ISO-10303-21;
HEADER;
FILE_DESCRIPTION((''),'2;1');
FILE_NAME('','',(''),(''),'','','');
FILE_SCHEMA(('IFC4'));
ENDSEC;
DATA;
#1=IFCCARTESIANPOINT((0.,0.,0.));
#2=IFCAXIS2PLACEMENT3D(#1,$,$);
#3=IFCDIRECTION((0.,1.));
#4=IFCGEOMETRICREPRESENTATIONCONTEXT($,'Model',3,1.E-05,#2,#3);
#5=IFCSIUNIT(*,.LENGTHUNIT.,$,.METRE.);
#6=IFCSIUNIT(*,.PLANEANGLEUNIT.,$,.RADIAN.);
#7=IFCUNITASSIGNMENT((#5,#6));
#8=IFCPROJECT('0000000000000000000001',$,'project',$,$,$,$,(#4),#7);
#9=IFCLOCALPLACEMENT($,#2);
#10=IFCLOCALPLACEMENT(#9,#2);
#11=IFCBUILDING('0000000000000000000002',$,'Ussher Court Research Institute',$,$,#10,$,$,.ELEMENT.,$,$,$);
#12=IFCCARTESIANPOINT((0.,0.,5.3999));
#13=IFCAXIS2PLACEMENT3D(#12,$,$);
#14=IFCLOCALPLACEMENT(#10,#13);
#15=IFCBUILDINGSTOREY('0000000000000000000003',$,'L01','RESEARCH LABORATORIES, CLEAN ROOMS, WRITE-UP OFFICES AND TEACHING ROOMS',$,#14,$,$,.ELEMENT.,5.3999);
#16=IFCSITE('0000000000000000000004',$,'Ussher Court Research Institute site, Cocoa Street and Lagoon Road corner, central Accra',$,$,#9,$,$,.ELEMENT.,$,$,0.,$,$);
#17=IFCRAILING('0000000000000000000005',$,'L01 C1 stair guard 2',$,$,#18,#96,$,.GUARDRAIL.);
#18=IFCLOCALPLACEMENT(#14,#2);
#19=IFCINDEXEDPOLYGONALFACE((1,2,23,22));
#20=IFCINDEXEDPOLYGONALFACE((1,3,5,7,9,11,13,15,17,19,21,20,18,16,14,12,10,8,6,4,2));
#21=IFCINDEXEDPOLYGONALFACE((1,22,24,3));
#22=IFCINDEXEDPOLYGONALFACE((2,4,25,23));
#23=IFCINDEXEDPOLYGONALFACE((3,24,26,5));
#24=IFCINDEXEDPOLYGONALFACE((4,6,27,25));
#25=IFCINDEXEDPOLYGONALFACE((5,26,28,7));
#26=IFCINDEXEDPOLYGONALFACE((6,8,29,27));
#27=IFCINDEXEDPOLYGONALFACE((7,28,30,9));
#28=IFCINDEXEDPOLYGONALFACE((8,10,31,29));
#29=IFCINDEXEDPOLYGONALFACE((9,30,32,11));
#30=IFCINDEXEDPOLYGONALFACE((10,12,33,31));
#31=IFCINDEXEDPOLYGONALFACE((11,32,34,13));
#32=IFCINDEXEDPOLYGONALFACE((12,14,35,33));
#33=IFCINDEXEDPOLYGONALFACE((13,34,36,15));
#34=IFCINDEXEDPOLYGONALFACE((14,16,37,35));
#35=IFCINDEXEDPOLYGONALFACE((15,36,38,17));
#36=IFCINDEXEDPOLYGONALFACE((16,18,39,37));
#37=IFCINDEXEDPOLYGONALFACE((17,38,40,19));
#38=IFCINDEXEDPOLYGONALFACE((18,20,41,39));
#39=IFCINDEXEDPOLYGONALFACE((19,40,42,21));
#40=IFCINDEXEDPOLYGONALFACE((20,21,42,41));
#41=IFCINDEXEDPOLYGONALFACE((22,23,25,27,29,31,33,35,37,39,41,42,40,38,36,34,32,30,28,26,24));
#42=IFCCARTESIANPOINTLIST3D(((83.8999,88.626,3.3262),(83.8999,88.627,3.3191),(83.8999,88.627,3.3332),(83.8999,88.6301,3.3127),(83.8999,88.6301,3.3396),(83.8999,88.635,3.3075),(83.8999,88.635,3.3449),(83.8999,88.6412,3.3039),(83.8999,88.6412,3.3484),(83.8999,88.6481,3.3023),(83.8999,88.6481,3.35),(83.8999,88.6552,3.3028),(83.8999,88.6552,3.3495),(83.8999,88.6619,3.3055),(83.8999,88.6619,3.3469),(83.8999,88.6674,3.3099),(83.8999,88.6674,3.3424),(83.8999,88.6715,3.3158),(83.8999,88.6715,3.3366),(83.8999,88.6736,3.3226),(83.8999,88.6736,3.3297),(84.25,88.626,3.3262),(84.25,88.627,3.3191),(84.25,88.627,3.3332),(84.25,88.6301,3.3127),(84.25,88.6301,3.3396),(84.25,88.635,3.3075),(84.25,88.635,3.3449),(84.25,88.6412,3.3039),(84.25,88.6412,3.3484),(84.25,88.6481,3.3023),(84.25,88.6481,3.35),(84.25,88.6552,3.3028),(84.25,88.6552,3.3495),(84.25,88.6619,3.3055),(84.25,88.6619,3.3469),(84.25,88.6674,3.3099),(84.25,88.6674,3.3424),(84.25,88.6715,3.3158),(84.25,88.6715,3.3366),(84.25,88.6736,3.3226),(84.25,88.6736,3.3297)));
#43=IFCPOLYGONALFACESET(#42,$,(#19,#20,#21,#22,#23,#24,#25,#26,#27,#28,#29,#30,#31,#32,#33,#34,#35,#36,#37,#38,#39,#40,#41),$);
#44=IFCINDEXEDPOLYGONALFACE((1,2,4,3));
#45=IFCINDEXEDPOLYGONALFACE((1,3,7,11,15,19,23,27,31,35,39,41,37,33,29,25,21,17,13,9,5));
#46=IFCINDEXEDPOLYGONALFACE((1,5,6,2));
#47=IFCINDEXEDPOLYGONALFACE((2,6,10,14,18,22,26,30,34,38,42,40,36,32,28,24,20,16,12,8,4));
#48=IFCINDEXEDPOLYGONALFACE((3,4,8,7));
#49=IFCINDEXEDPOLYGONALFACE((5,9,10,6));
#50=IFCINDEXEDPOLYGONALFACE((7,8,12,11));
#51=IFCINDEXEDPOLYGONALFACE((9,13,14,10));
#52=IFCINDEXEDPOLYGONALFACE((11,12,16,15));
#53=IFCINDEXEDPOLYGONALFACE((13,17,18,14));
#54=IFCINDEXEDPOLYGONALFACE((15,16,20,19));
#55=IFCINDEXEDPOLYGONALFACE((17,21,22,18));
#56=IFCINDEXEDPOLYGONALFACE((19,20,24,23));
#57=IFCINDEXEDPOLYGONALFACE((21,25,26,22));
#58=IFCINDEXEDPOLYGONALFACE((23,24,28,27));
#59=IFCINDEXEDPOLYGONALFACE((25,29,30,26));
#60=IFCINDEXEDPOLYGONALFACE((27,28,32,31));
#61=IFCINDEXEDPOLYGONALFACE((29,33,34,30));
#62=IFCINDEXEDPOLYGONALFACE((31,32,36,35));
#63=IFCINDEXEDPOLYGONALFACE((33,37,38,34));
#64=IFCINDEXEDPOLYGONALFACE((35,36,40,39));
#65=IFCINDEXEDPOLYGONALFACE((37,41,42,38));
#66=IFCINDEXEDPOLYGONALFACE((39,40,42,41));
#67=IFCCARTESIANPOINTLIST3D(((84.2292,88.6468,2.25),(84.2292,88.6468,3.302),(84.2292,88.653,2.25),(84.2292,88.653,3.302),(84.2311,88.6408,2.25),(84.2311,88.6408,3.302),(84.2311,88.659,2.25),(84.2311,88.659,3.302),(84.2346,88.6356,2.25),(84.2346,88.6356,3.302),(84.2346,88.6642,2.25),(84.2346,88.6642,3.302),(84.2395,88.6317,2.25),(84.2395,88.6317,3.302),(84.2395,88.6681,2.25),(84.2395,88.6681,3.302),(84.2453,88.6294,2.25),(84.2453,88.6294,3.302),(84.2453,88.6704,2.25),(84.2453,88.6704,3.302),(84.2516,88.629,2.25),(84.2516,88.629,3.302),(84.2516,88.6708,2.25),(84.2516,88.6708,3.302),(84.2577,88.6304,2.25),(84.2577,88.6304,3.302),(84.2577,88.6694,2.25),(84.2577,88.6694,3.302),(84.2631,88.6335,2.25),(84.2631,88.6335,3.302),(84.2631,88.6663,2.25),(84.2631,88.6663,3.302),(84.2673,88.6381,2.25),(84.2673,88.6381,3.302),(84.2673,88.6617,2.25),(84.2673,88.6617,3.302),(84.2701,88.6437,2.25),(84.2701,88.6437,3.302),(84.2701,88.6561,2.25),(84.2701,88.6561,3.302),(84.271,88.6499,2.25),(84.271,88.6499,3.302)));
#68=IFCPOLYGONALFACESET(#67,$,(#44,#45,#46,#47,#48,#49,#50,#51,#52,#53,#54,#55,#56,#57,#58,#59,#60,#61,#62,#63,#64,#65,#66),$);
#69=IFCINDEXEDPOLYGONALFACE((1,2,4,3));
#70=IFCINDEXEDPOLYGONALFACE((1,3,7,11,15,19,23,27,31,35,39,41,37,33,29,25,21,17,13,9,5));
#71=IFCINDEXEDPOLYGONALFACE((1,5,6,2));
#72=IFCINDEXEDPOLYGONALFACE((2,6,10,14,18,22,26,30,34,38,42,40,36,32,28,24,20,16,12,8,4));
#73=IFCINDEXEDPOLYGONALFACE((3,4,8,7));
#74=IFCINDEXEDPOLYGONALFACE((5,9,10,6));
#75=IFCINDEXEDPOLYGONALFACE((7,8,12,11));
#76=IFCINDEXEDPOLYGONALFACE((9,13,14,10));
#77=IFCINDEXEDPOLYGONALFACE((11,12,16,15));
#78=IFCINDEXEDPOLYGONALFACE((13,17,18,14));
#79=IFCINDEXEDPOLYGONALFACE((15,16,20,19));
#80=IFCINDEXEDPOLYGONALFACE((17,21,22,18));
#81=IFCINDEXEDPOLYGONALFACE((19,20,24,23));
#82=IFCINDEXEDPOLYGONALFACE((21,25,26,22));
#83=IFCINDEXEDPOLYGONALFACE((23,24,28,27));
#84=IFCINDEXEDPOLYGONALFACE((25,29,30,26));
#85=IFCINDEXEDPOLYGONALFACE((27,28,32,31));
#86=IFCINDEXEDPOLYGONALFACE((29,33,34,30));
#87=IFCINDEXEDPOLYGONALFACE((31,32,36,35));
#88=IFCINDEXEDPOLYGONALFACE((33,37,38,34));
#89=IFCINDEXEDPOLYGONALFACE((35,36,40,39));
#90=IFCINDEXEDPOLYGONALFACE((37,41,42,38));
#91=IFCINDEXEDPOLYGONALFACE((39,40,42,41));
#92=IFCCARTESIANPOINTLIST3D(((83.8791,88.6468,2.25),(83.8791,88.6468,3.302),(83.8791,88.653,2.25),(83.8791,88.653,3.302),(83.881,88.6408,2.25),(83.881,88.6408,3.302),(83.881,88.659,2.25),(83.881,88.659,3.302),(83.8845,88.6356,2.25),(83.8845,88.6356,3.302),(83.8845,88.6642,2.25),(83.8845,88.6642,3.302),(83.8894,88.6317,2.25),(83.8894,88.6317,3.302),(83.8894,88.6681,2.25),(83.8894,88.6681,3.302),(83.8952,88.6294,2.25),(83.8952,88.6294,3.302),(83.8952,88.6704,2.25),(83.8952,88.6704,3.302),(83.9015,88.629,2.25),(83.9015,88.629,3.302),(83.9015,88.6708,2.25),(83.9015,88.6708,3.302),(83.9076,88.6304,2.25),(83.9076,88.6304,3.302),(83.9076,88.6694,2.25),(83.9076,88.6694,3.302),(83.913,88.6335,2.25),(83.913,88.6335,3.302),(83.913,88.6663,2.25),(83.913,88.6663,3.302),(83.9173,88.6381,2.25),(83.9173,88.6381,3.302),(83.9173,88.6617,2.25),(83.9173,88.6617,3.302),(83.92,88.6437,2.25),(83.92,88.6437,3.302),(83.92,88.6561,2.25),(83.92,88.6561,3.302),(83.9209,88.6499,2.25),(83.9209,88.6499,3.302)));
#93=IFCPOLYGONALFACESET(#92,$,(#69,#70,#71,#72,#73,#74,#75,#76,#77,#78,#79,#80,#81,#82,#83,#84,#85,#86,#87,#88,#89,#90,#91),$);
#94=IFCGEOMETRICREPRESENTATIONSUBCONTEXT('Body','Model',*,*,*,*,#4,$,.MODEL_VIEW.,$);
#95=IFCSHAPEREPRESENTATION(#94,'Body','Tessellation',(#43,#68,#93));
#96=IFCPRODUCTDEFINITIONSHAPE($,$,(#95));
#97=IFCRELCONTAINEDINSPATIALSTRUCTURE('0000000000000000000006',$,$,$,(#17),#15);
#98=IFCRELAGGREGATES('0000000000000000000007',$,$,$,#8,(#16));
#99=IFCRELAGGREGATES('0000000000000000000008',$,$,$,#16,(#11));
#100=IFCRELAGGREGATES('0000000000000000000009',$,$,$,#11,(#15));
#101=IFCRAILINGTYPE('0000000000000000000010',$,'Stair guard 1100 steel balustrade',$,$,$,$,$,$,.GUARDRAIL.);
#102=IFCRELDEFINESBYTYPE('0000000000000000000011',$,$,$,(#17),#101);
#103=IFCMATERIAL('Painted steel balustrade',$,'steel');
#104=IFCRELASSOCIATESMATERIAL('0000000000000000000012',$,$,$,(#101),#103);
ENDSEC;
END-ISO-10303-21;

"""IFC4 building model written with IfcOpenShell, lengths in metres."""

from ifc_helpers import new_model, si_unit, direction, frame, origin, origin_2d, place, context, subcontext, project, spatial, circle, extrude, material, type_object, element, save


model = new_model("IFC4")

# Units and contexts
model_context = context("Model", 3, precision=1e-05, world=origin(), true_north=direction((0.0, 1.0)))
body_context = subcontext(model_context, "Body", "Model", "MODEL_VIEW")
ifc_project = project(units=[si_unit("LENGTHUNIT", "METRE"), si_unit("PLANEANGLEUNIT", "RADIAN")], contexts=[model_context])

# Site, building, storey
site_placement = place(None, origin())
site = spatial("IfcSite", under=ifc_project, at=site_placement, Name="Ussher Court Research Institute site, Cocoa Street and Lagoon Road corner, central Accra", CompositionType="ELEMENT", RefElevation=0.0)
building_placement = place(site_placement, origin())
building = spatial("IfcBuilding", under=site, at=building_placement, Name="Ussher Court Research Institute", CompositionType="ELEMENT")
storey_placement = place(building_placement, frame((0.0, 0.0, 5.3999)))
storey = spatial("IfcBuildingStorey", under=building, at=storey_placement, Name="L01", Description="RESEARCH LABORATORIES, CLEAN ROOMS, WRITE-UP OFFICES AND TEACHING ROOMS", CompositionType="ELEMENT", Elevation=5.3999)

# Railing
ifc_material_1 = material(Name="Painted steel balustrade", Category="steel")
railing_type_1 = type_object("IfcRailingType", Name="Stair guard 1100 steel balustrade", PredefinedType="GUARDRAIL", material=ifc_material_1)
railing_1_placement = place(storey_placement, frame((84.25, 88.6499, 2.25)))
element("IfcRailing", 1, at=railing_1_placement, inside=storey, type_object=railing_type_1, Name="L01 C1 stair guard 2", PredefinedType="GUARDRAIL", context=body_context, shape_type="SweptSolid", body=[
    extrude(circle(Radius=0.0239, at=origin_2d()), frame((0.0, 0.0, 1.0762), z_axis=(-1.0, 0.0, 0.0), x_axis=(0.0, -1.0, 0.0)), (0.0, 0.0, 1.0), 0.3501),
    extrude(circle(Radius=0.021, at=origin_2d()), origin(), (0.0, 0.0, 1.0), 1.052),
    extrude(circle(Radius=0.021, at=origin_2d()), frame((-0.3501, 0.0, 0.0)), (0.0, 0.0, 1.0), 1.052),
])

save(model, "model.ifc")
